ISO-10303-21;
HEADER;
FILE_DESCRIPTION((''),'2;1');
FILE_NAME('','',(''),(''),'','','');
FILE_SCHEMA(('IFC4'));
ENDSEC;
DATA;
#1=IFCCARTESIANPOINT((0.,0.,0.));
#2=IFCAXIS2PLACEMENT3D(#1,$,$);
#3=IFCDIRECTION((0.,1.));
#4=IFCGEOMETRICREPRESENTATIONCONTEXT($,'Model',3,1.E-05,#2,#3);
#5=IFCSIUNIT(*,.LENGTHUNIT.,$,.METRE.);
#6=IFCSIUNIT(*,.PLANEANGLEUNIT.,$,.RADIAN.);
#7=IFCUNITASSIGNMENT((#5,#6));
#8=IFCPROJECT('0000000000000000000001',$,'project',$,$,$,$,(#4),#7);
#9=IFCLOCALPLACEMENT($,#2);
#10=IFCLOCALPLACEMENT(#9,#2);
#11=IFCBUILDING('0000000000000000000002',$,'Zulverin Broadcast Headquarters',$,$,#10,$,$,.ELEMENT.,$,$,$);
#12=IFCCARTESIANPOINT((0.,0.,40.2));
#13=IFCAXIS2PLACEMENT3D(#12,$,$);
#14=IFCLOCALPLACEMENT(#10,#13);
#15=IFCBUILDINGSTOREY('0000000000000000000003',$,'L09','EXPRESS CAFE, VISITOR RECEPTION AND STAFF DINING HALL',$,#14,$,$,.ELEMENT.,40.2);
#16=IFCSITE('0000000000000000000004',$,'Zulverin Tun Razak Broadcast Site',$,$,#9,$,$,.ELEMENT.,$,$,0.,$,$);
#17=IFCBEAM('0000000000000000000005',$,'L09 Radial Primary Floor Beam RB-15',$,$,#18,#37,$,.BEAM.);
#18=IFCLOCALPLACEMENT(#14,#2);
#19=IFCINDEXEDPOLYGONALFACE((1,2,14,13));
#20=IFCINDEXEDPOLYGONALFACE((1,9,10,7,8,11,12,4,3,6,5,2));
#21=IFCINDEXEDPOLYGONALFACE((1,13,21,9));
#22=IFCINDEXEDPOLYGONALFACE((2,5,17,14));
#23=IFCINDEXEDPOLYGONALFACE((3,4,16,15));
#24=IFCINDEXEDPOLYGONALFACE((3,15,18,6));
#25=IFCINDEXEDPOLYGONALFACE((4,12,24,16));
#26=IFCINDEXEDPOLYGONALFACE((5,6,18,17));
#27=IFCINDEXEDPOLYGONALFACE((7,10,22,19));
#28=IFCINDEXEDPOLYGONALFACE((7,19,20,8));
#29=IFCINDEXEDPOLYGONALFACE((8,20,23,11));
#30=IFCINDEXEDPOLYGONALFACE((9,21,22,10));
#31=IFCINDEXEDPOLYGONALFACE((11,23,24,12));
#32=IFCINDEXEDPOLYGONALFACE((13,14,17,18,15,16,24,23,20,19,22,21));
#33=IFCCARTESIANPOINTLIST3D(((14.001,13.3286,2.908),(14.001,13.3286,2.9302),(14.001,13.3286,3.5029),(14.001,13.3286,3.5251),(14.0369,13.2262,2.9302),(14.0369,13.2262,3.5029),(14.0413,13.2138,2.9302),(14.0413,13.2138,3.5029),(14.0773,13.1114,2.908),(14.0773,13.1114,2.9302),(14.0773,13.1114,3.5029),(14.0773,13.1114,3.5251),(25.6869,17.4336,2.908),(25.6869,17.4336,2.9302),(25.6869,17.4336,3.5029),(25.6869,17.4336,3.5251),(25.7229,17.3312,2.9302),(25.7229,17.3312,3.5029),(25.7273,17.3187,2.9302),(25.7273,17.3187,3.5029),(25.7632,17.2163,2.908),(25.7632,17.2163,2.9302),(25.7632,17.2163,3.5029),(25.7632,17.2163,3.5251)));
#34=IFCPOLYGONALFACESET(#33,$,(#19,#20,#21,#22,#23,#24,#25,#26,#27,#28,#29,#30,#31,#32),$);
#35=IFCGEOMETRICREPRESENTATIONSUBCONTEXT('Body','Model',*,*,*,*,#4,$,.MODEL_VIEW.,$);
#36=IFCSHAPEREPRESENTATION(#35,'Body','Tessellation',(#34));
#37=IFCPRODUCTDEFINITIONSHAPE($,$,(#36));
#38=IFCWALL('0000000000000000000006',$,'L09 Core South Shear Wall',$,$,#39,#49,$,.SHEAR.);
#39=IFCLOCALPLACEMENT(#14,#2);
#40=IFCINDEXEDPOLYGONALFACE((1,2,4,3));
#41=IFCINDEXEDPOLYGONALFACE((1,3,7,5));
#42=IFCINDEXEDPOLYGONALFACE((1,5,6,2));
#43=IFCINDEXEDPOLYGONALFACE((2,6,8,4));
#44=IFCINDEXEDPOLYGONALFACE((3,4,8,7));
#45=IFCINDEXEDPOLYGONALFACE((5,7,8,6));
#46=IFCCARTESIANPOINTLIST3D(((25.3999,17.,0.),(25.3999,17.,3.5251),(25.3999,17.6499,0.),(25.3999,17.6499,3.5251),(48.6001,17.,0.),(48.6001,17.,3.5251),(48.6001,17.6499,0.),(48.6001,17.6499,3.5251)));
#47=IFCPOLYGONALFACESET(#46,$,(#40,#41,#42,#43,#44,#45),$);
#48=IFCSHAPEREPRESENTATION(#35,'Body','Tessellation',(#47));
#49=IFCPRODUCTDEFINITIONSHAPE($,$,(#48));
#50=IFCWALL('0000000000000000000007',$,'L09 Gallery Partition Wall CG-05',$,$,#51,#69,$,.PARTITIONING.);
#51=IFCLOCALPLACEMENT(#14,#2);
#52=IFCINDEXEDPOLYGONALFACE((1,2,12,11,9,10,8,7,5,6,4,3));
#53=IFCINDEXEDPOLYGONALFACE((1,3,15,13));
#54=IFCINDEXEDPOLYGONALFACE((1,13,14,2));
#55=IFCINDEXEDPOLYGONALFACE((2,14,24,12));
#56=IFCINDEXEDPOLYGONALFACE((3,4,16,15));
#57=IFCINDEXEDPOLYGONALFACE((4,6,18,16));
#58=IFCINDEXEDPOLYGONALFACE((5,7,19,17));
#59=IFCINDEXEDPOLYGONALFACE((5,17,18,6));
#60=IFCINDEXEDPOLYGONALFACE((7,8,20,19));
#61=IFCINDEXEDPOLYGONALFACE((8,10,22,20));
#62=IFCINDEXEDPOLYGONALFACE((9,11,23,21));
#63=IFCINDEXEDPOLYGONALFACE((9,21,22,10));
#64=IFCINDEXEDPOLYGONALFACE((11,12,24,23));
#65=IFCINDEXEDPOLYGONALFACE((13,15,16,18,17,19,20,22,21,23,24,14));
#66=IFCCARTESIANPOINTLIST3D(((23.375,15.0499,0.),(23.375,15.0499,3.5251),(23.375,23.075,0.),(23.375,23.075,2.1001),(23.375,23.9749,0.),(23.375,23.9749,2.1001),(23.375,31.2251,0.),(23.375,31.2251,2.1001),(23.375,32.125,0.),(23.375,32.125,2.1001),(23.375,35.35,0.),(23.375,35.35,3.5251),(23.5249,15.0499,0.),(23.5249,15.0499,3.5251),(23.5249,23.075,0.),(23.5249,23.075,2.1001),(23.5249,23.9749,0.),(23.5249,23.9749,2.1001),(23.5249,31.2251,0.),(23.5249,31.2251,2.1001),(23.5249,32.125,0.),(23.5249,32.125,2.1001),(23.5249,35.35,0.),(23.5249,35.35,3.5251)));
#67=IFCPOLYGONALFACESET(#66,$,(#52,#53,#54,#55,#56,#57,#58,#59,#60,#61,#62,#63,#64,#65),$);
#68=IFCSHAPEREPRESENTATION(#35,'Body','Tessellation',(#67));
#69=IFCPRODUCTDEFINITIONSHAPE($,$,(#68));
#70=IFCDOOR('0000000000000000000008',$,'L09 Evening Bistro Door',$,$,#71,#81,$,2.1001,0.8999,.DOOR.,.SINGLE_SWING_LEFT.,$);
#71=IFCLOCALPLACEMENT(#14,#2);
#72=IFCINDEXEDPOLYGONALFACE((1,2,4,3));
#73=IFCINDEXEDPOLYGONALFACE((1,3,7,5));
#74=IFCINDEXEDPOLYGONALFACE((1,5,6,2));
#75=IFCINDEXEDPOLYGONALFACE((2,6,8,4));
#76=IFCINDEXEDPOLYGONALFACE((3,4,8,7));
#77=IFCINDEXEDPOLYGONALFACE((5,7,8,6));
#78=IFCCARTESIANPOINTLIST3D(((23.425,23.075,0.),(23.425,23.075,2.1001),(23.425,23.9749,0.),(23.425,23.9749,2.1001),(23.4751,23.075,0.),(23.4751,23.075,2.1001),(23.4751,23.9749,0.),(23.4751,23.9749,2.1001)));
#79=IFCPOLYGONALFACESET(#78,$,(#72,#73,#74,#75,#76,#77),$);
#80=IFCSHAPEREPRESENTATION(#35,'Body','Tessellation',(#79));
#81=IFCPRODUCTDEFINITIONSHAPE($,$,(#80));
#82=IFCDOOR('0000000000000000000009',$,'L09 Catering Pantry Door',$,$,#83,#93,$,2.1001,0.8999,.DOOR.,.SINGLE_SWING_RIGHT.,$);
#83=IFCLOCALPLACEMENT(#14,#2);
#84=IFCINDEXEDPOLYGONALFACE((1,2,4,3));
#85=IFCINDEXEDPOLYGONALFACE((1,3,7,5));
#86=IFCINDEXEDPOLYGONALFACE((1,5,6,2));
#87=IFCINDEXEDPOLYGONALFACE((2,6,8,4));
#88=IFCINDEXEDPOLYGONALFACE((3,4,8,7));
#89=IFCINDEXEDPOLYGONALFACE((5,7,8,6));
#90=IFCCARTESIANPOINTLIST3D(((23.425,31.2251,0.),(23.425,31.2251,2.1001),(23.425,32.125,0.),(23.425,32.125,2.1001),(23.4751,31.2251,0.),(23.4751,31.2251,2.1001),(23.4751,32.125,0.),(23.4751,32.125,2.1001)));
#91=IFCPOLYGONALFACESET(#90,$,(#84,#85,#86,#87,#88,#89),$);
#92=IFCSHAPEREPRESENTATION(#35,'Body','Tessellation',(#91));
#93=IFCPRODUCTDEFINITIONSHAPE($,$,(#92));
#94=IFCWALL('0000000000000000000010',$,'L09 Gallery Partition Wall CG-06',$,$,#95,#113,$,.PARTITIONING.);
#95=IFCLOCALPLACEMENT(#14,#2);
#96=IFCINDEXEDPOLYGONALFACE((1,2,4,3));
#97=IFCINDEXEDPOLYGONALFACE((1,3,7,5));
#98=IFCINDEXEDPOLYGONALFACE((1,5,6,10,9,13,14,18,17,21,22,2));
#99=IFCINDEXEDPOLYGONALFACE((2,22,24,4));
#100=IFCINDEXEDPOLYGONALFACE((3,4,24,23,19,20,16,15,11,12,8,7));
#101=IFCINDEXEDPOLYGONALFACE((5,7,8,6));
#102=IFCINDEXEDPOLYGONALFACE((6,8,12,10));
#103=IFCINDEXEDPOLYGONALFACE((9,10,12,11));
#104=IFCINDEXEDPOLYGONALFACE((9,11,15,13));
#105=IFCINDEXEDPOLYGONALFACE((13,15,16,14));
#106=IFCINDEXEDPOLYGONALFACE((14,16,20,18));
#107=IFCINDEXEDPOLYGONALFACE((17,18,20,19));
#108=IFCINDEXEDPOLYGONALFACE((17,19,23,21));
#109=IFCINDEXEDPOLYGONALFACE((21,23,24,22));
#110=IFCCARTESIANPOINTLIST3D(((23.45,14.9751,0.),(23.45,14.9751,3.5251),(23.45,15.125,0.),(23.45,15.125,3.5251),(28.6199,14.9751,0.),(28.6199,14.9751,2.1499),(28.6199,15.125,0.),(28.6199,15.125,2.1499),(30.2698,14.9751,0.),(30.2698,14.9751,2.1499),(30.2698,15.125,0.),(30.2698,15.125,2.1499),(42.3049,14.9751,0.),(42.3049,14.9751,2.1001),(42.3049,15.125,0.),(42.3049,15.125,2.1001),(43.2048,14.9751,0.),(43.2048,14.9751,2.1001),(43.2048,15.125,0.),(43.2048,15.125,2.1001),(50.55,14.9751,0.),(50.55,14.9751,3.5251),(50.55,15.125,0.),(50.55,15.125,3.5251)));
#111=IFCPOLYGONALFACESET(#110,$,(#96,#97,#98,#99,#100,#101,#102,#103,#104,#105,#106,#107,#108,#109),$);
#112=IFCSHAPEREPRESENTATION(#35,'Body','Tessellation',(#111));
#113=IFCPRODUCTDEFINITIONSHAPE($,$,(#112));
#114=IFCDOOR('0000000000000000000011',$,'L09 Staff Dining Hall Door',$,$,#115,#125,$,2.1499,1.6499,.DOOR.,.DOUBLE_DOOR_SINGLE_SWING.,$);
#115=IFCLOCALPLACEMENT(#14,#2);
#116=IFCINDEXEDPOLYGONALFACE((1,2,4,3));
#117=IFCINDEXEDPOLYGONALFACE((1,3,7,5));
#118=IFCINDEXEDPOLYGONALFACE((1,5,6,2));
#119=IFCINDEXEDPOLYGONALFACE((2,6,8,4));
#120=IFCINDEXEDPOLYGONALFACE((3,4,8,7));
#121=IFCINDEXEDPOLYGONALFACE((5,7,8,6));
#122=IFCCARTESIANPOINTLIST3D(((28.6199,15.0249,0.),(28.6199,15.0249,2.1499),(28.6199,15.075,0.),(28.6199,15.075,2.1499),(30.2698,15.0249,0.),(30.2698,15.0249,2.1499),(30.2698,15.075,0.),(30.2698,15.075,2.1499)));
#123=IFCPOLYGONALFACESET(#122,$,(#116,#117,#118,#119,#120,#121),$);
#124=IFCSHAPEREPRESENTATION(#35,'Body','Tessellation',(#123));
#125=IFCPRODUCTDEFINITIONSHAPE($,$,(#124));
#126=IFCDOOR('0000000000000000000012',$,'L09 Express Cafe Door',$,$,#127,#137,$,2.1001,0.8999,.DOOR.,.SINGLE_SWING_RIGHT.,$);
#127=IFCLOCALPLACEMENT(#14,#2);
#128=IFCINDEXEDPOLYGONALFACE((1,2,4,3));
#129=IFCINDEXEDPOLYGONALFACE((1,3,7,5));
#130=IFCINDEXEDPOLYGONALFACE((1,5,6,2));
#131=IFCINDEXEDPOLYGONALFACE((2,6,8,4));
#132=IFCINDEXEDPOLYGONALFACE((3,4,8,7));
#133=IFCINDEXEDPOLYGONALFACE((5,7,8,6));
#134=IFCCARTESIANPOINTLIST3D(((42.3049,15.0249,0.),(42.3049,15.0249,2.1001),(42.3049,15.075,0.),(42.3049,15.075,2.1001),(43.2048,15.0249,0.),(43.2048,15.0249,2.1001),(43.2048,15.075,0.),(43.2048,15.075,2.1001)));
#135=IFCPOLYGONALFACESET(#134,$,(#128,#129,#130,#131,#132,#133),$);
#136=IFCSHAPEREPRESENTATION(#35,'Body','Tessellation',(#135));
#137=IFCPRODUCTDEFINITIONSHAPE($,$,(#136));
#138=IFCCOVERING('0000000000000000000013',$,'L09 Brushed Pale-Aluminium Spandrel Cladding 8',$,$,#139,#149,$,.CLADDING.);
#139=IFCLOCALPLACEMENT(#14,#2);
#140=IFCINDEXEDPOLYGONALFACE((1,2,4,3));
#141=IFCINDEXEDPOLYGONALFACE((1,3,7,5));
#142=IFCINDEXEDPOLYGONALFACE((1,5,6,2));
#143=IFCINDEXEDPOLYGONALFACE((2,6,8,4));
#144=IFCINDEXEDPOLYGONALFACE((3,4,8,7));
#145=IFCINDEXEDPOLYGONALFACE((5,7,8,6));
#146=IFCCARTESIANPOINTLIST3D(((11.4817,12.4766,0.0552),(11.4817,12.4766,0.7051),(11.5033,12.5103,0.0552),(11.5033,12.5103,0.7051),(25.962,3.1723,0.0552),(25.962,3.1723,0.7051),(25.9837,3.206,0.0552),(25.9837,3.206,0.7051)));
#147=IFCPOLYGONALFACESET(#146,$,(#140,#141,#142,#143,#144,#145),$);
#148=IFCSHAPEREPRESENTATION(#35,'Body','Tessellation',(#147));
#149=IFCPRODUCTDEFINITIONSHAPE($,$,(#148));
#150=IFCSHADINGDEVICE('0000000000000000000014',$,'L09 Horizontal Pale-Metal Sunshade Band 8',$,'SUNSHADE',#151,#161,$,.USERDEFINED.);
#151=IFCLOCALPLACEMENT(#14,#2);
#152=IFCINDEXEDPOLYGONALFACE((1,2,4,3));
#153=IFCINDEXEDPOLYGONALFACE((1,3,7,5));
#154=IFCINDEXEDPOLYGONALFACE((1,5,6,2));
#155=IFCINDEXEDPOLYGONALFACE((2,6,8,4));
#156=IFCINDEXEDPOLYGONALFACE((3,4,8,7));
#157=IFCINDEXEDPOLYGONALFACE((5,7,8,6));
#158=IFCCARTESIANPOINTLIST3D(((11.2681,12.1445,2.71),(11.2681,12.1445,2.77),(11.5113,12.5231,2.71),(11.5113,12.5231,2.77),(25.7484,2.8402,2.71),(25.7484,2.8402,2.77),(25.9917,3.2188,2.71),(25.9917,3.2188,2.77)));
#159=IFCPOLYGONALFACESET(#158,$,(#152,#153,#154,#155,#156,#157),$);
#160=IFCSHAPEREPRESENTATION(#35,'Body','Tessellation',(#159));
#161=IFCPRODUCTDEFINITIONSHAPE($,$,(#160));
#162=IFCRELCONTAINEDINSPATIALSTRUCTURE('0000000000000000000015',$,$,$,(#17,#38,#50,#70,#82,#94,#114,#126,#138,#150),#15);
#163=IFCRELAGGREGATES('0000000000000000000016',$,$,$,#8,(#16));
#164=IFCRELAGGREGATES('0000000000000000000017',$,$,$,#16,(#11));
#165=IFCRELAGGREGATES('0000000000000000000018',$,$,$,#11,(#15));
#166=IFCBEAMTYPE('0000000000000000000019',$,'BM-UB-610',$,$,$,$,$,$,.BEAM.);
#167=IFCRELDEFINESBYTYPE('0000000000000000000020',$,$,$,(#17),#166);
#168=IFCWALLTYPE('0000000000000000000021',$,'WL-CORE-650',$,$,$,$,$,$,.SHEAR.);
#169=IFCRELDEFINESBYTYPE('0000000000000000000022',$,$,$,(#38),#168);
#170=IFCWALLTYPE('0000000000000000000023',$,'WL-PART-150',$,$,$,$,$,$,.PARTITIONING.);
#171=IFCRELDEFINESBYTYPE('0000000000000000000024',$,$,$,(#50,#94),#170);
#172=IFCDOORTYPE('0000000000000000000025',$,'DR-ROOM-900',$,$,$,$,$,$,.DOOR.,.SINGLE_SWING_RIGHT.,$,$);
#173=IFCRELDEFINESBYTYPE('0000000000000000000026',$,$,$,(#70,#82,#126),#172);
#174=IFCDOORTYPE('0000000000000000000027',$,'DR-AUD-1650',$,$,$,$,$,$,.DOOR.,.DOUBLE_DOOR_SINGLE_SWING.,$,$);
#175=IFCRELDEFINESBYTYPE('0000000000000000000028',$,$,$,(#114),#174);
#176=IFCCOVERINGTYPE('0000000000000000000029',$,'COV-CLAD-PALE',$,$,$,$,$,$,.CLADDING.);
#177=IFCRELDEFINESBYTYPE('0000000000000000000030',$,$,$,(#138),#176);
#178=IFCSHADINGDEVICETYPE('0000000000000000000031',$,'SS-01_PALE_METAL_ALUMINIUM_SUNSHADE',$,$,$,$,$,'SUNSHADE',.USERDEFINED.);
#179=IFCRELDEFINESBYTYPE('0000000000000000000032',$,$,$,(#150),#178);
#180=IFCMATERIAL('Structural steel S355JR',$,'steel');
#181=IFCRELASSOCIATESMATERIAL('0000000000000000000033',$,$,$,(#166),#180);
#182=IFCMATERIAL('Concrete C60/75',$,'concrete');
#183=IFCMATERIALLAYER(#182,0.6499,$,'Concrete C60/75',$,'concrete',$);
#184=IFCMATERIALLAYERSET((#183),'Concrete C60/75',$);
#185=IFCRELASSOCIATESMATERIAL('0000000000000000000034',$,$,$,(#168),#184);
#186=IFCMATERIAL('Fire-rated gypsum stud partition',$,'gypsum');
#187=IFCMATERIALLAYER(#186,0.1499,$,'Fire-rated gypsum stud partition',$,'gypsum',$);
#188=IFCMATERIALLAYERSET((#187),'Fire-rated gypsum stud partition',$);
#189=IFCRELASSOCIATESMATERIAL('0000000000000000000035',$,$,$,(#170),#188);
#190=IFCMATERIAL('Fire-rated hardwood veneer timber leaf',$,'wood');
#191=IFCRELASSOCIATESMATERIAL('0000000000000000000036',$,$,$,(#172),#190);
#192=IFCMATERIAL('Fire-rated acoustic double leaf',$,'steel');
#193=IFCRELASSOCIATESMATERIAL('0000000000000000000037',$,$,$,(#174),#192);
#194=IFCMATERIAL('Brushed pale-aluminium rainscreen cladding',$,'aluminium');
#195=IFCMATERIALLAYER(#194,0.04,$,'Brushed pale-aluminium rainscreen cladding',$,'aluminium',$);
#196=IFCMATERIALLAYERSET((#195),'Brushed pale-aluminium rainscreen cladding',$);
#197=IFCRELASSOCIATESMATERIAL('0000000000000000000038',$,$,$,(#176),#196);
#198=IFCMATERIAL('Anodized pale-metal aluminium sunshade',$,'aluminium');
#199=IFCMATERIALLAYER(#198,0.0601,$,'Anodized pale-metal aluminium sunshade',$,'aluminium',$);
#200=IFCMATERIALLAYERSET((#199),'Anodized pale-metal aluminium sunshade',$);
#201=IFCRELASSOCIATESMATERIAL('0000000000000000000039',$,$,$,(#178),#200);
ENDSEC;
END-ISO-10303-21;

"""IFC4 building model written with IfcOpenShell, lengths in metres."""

from ifc_helpers import new_model, si_unit, direction, frame, frame_2d, origin, origin_2d, place, context, subcontext, project, spatial, rectangle, i_section, extrude, material, layer, layer_set, material_profile, profile_set, type_object, element, fill, save


model = new_model("IFC4")

# Units and contexts
model_context = context("Model", 3, precision=1e-05, world=origin(), true_north=direction((0.0, 1.0)))
body_context = subcontext(model_context, "Body", "Model", "MODEL_VIEW")
ifc_project = project(units=[si_unit("LENGTHUNIT", "METRE"), si_unit("PLANEANGLEUNIT", "RADIAN")], contexts=[model_context])

# Site, building, storey
site_placement = place(None, origin())
site = spatial("IfcSite", under=ifc_project, at=site_placement, Name="Zulverin Tun Razak Broadcast Site", CompositionType="ELEMENT", RefElevation=0.0)
building_placement = place(site_placement, origin())
building = spatial("IfcBuilding", under=site, at=building_placement, Name="Zulverin Broadcast Headquarters", CompositionType="ELEMENT")
storey_placement = place(building_placement, frame((0.0, 0.0, 40.2)))
storey = spatial("IfcBuildingStorey", under=building, at=storey_placement, Name="L09", Description="EXPRESS CAFE, VISITOR RECEPTION AND STAFF DINING HALL", CompositionType="ELEMENT", Elevation=40.2)

# Shared definitions
ifc_material_1 = material(Name="Concrete C60/75", Category="concrete")

# Beam
ifc_material_2 = material(Name="Structural steel S355JR", Category="steel")
ifc_material_profile_1 = material_profile(ifc_material_2, i_section(OverallWidth=0.2302, OverallDepth=0.6172, WebThickness=0.0132, FlangeThickness=0.0222, at=origin_2d()), Name="Structural steel S355JR", Category="steel")
ifc_profile_set_1 = profile_set([ifc_material_profile_1], Name="Structural steel S355JR")
beam_type_1 = type_object("IfcBeamType", Name="BM-UB-610", PredefinedType="BEAM", material=ifc_profile_set_1)
beam_1_placement = place(storey_placement, frame((25.7251, 17.325, 3.2166), z_axis=(-0.943483, -0.33142, 0.0), x_axis=(0.33142, -0.943483, 0.0)))
element("IfcBeam", 1, at=beam_1_placement, inside=storey, type_object=beam_type_1, Name="L09 Radial Primary Floor Beam RB-15", PredefinedType="BEAM", context=body_context, shape_type="SweptSolid", body=[
    extrude(i_section(OverallWidth=0.2302, OverallDepth=0.6172, WebThickness=0.0132, FlangeThickness=0.0222, at=origin_2d()), origin(), (0.0, 0.0, 1.0), 12.386),
])

# Wall
ifc_layer_1 = layer(ifc_material_1, 0.6499, Name="Concrete C60/75", Category="concrete")
ifc_layer_set_1 = layer_set([ifc_layer_1], Name="Concrete C60/75")
wall_type_1 = type_object("IfcWallType", Name="WL-CORE-650", PredefinedType="SHEAR", material=ifc_layer_set_1)
wall_1_placement = place(storey_placement, frame((25.3999, 17.325, 0.0), z_axis=(0.0, 0.0, 1.0), x_axis=(1.0, 0.0, 0.0)))
element("IfcWall", 2, at=wall_1_placement, inside=storey, type_object=wall_type_1, Name="L09 Core South Shear Wall", PredefinedType="SHEAR", context=body_context, shape_type="SweptSolid", body=[
    extrude(rectangle(XDim=23.2002, YDim=0.6499, at=frame_2d((11.6001, 0.0))), origin(), (0.0, 0.0, 1.0), 3.5251),
])

# Walls, openings, doors
ifc_material_3 = material(Name="Fire-rated gypsum stud partition", Category="gypsum")
ifc_layer_2 = layer(ifc_material_3, 0.1499, Name="Fire-rated gypsum stud partition", Category="gypsum")
ifc_layer_set_2 = layer_set([ifc_layer_2], Name="Fire-rated gypsum stud partition")
wall_type_2 = type_object("IfcWallType", Name="WL-PART-150", PredefinedType="PARTITIONING", material=ifc_layer_set_2)
wall_2_placement = place(storey_placement, frame((23.45, 15.05, 0.0), z_axis=(0.0, 0.0, 1.0), x_axis=(0.0, 1.0, 0.0)))
wall_2 = element("IfcWall", 3, at=wall_2_placement, inside=storey, type_object=wall_type_2, Name="L09 Gallery Partition Wall CG-05", PredefinedType="PARTITIONING", context=body_context, shape_type="SweptSolid", body=[
    extrude(rectangle(XDim=20.3, YDim=0.1499, at=frame_2d((10.1499, 0.0))), origin(), (0.0, 0.0, 1.0), 3.5251),
])
opening_1_placement = place(wall_2_placement, frame((8.0249, 0.0, 0.0)))
opening_1 = element("IfcOpeningElement", 4, at=opening_1_placement, cuts=wall_2, PredefinedType="OPENING", context=body_context, shape_type="SweptSolid", body=[
    extrude(rectangle(XDim=0.8999, YDim=2.1001, at=frame_2d((0.45, 1.05))), frame((0.0, 0.085, 0.0), z_axis=(0.0, -1.0, 0.0), x_axis=(1.0, 0.0, 0.0)), (0.0, 0.0, 1.0), 0.1699),
])
opening_2_placement = place(wall_2_placement, frame((16.175, 0.0, 0.0)))
opening_2 = element("IfcOpeningElement", 5, at=opening_2_placement, cuts=wall_2, PredefinedType="OPENING", context=body_context, shape_type="SweptSolid", body=[
    extrude(rectangle(XDim=0.8999, YDim=2.1001, at=frame_2d((0.45, 1.05))), frame((0.0, 0.085, 0.0), z_axis=(0.0, -1.0, 0.0), x_axis=(1.0, 0.0, 0.0)), (0.0, 0.0, 1.0), 0.1699),
])
ifc_material_4 = material(Name="Fire-rated hardwood veneer timber leaf", Category="wood")
door_type_1 = type_object("IfcDoorType", Name="DR-ROOM-900", OperationType="SINGLE_SWING_RIGHT", PredefinedType="DOOR", material=ifc_material_4)
door_1_placement = place(opening_1_placement, origin())
door_1 = element("IfcDoor", 6, at=door_1_placement, inside=storey, type_object=door_type_1, Name="L09 Evening Bistro Door", OperationType="SINGLE_SWING_LEFT", OverallHeight=2.1001, OverallWidth=0.8999, PredefinedType="DOOR", context=body_context, shape_type="SweptSolid", body=[
    extrude(rectangle(XDim=0.8999, YDim=2.1001, at=frame_2d((0.45, 1.05))), frame((0.0, 0.0249, 0.0), z_axis=(0.0, -1.0, 0.0), x_axis=(1.0, 0.0, 0.0)), (0.0, 0.0, 1.0), 0.05),
])
fill(opening_1, door_1)
door_2_placement = place(opening_2_placement, origin())
door_2 = element("IfcDoor", 7, at=door_2_placement, inside=storey, type_object=door_type_1, Name="L09 Catering Pantry Door", OperationType="SINGLE_SWING_RIGHT", OverallHeight=2.1001, OverallWidth=0.8999, PredefinedType="DOOR", context=body_context, shape_type="SweptSolid", body=[
    extrude(rectangle(XDim=0.8999, YDim=2.1001, at=frame_2d((0.45, 1.05))), frame((0.0, 0.0249, 0.0), z_axis=(0.0, -1.0, 0.0), x_axis=(1.0, 0.0, 0.0)), (0.0, 0.0, 1.0), 0.05),
])
fill(opening_2, door_2)
wall_3_placement = place(storey_placement, frame((23.45, 15.05, 0.0), z_axis=(0.0, 0.0, 1.0), x_axis=(1.0, 0.0, 0.0)))
wall_3 = element("IfcWall", 8, at=wall_3_placement, inside=storey, type_object=wall_type_2, Name="L09 Gallery Partition Wall CG-06", PredefinedType="PARTITIONING", context=body_context, shape_type="SweptSolid", body=[
    extrude(rectangle(XDim=27.1001, YDim=0.1499, at=frame_2d((13.55, 0.0))), origin(), (0.0, 0.0, 1.0), 3.5251),
])
opening_3_placement = place(wall_3_placement, frame((5.1699, 0.0, 0.0)))
opening_3 = element("IfcOpeningElement", 9, at=opening_3_placement, cuts=wall_3, PredefinedType="OPENING", context=body_context, shape_type="SweptSolid", body=[
    extrude(rectangle(XDim=1.6499, YDim=2.1499, at=frame_2d((0.825, 1.075))), frame((0.0, 0.085, 0.0), z_axis=(0.0, -1.0, 0.0), x_axis=(1.0, 0.0, 0.0)), (0.0, 0.0, 1.0), 0.1699),
])
opening_4_placement = place(wall_3_placement, frame((18.855, 0.0, 0.0)))
opening_4 = element("IfcOpeningElement", 10, at=opening_4_placement, cuts=wall_3, PredefinedType="OPENING", context=body_context, shape_type="SweptSolid", body=[
    extrude(rectangle(XDim=0.8999, YDim=2.1001, at=frame_2d((0.45, 1.05))), frame((0.0, 0.085, 0.0), z_axis=(0.0, -1.0, 0.0), x_axis=(1.0, 0.0, 0.0)), (0.0, 0.0, 1.0), 0.1699),
])
ifc_material_5 = material(Name="Fire-rated acoustic double leaf", Category="steel")
door_type_2 = type_object("IfcDoorType", Name="DR-AUD-1650", OperationType="DOUBLE_DOOR_SINGLE_SWING", PredefinedType="DOOR", material=ifc_material_5)
door_3_placement = place(opening_3_placement, origin())
door_3 = element("IfcDoor", 11, at=door_3_placement, inside=storey, type_object=door_type_2, Name="L09 Staff Dining Hall Door", OperationType="DOUBLE_DOOR_SINGLE_SWING", OverallHeight=2.1499, OverallWidth=1.6499, PredefinedType="DOOR", context=body_context, shape_type="SweptSolid", body=[
    extrude(rectangle(XDim=1.6499, YDim=2.1499, at=frame_2d((0.825, 1.075))), frame((0.0, 0.0249, 0.0), z_axis=(0.0, -1.0, 0.0), x_axis=(1.0, 0.0, 0.0)), (0.0, 0.0, 1.0), 0.05),
])
fill(opening_3, door_3)
door_4_placement = place(opening_4_placement, origin())
door_4 = element("IfcDoor", 12, at=door_4_placement, inside=storey, type_object=door_type_1, Name="L09 Express Cafe Door", OperationType="SINGLE_SWING_RIGHT", OverallHeight=2.1001, OverallWidth=0.8999, PredefinedType="DOOR", context=body_context, shape_type="SweptSolid", body=[
    extrude(rectangle(XDim=0.8999, YDim=2.1001, at=frame_2d((0.45, 1.05))), frame((0.0, 0.0249, 0.0), z_axis=(0.0, -1.0, 0.0), x_axis=(1.0, 0.0, 0.0)), (0.0, 0.0, 1.0), 0.05),
])
fill(opening_4, door_4)

# Covering
ifc_material_6 = material(Name="Brushed pale-aluminium rainscreen cladding", Category="aluminium")
ifc_layer_3 = layer(ifc_material_6, 0.04, Name="Brushed pale-aluminium rainscreen cladding", Category="aluminium")
ifc_layer_set_3 = layer_set([ifc_layer_3], Name="Brushed pale-aluminium rainscreen cladding")
covering_type = type_object("IfcCoveringType", Name="COV-CLAD-PALE", PredefinedType="CLADDING", material=ifc_layer_set_3)
covering_placement = place(storey_placement, frame((18.7327, 7.8413, 0.0552), z_axis=(0.0, 0.0, 1.0), x_axis=(0.841297, -0.540574, 0.0)))
element("IfcCovering", 13, at=covering_placement, inside=storey, type_object=covering_type, Name="L09 Brushed Pale-Aluminium Spandrel Cladding 8", PredefinedType="CLADDING", context=body_context, shape_type="SweptSolid", body=[
    extrude(rectangle(XDim=17.2119, YDim=0.04, at=origin_2d()), origin(), (0.0, 0.0, 1.0), 0.6499),
])

# Shading device
ifc_material_7 = material(Name="Anodized pale-metal aluminium sunshade", Category="aluminium")
ifc_layer_4 = layer(ifc_material_7, 0.0601, Name="Anodized pale-metal aluminium sunshade", Category="aluminium")
ifc_layer_set_4 = layer_set([ifc_layer_4], Name="Anodized pale-metal aluminium sunshade")
shading_device_type = type_object("IfcShadingDeviceType", Name="SS-01_PALE_METAL_ALUMINIUM_SUNSHADE", ElementType="SUNSHADE", PredefinedType="USERDEFINED", material=ifc_layer_set_4)
shading_device_placement = place(storey_placement, frame((18.6299, 7.6816, 2.71), z_axis=(0.0, 0.0, 1.0), x_axis=(0.841297, -0.540574, 0.0)))
element("IfcShadingDevice", 14, at=shading_device_placement, inside=storey, type_object=shading_device_type, Name="L09 Horizontal Pale-Metal Sunshade Band 8", ObjectType="SUNSHADE", PredefinedType="USERDEFINED", context=body_context, shape_type="SweptSolid", body=[
    extrude(rectangle(XDim=17.2119, YDim=0.45, at=origin_2d()), origin(), (0.0, 0.0, 1.0), 0.0601),
])

save(model, "model.ifc")
